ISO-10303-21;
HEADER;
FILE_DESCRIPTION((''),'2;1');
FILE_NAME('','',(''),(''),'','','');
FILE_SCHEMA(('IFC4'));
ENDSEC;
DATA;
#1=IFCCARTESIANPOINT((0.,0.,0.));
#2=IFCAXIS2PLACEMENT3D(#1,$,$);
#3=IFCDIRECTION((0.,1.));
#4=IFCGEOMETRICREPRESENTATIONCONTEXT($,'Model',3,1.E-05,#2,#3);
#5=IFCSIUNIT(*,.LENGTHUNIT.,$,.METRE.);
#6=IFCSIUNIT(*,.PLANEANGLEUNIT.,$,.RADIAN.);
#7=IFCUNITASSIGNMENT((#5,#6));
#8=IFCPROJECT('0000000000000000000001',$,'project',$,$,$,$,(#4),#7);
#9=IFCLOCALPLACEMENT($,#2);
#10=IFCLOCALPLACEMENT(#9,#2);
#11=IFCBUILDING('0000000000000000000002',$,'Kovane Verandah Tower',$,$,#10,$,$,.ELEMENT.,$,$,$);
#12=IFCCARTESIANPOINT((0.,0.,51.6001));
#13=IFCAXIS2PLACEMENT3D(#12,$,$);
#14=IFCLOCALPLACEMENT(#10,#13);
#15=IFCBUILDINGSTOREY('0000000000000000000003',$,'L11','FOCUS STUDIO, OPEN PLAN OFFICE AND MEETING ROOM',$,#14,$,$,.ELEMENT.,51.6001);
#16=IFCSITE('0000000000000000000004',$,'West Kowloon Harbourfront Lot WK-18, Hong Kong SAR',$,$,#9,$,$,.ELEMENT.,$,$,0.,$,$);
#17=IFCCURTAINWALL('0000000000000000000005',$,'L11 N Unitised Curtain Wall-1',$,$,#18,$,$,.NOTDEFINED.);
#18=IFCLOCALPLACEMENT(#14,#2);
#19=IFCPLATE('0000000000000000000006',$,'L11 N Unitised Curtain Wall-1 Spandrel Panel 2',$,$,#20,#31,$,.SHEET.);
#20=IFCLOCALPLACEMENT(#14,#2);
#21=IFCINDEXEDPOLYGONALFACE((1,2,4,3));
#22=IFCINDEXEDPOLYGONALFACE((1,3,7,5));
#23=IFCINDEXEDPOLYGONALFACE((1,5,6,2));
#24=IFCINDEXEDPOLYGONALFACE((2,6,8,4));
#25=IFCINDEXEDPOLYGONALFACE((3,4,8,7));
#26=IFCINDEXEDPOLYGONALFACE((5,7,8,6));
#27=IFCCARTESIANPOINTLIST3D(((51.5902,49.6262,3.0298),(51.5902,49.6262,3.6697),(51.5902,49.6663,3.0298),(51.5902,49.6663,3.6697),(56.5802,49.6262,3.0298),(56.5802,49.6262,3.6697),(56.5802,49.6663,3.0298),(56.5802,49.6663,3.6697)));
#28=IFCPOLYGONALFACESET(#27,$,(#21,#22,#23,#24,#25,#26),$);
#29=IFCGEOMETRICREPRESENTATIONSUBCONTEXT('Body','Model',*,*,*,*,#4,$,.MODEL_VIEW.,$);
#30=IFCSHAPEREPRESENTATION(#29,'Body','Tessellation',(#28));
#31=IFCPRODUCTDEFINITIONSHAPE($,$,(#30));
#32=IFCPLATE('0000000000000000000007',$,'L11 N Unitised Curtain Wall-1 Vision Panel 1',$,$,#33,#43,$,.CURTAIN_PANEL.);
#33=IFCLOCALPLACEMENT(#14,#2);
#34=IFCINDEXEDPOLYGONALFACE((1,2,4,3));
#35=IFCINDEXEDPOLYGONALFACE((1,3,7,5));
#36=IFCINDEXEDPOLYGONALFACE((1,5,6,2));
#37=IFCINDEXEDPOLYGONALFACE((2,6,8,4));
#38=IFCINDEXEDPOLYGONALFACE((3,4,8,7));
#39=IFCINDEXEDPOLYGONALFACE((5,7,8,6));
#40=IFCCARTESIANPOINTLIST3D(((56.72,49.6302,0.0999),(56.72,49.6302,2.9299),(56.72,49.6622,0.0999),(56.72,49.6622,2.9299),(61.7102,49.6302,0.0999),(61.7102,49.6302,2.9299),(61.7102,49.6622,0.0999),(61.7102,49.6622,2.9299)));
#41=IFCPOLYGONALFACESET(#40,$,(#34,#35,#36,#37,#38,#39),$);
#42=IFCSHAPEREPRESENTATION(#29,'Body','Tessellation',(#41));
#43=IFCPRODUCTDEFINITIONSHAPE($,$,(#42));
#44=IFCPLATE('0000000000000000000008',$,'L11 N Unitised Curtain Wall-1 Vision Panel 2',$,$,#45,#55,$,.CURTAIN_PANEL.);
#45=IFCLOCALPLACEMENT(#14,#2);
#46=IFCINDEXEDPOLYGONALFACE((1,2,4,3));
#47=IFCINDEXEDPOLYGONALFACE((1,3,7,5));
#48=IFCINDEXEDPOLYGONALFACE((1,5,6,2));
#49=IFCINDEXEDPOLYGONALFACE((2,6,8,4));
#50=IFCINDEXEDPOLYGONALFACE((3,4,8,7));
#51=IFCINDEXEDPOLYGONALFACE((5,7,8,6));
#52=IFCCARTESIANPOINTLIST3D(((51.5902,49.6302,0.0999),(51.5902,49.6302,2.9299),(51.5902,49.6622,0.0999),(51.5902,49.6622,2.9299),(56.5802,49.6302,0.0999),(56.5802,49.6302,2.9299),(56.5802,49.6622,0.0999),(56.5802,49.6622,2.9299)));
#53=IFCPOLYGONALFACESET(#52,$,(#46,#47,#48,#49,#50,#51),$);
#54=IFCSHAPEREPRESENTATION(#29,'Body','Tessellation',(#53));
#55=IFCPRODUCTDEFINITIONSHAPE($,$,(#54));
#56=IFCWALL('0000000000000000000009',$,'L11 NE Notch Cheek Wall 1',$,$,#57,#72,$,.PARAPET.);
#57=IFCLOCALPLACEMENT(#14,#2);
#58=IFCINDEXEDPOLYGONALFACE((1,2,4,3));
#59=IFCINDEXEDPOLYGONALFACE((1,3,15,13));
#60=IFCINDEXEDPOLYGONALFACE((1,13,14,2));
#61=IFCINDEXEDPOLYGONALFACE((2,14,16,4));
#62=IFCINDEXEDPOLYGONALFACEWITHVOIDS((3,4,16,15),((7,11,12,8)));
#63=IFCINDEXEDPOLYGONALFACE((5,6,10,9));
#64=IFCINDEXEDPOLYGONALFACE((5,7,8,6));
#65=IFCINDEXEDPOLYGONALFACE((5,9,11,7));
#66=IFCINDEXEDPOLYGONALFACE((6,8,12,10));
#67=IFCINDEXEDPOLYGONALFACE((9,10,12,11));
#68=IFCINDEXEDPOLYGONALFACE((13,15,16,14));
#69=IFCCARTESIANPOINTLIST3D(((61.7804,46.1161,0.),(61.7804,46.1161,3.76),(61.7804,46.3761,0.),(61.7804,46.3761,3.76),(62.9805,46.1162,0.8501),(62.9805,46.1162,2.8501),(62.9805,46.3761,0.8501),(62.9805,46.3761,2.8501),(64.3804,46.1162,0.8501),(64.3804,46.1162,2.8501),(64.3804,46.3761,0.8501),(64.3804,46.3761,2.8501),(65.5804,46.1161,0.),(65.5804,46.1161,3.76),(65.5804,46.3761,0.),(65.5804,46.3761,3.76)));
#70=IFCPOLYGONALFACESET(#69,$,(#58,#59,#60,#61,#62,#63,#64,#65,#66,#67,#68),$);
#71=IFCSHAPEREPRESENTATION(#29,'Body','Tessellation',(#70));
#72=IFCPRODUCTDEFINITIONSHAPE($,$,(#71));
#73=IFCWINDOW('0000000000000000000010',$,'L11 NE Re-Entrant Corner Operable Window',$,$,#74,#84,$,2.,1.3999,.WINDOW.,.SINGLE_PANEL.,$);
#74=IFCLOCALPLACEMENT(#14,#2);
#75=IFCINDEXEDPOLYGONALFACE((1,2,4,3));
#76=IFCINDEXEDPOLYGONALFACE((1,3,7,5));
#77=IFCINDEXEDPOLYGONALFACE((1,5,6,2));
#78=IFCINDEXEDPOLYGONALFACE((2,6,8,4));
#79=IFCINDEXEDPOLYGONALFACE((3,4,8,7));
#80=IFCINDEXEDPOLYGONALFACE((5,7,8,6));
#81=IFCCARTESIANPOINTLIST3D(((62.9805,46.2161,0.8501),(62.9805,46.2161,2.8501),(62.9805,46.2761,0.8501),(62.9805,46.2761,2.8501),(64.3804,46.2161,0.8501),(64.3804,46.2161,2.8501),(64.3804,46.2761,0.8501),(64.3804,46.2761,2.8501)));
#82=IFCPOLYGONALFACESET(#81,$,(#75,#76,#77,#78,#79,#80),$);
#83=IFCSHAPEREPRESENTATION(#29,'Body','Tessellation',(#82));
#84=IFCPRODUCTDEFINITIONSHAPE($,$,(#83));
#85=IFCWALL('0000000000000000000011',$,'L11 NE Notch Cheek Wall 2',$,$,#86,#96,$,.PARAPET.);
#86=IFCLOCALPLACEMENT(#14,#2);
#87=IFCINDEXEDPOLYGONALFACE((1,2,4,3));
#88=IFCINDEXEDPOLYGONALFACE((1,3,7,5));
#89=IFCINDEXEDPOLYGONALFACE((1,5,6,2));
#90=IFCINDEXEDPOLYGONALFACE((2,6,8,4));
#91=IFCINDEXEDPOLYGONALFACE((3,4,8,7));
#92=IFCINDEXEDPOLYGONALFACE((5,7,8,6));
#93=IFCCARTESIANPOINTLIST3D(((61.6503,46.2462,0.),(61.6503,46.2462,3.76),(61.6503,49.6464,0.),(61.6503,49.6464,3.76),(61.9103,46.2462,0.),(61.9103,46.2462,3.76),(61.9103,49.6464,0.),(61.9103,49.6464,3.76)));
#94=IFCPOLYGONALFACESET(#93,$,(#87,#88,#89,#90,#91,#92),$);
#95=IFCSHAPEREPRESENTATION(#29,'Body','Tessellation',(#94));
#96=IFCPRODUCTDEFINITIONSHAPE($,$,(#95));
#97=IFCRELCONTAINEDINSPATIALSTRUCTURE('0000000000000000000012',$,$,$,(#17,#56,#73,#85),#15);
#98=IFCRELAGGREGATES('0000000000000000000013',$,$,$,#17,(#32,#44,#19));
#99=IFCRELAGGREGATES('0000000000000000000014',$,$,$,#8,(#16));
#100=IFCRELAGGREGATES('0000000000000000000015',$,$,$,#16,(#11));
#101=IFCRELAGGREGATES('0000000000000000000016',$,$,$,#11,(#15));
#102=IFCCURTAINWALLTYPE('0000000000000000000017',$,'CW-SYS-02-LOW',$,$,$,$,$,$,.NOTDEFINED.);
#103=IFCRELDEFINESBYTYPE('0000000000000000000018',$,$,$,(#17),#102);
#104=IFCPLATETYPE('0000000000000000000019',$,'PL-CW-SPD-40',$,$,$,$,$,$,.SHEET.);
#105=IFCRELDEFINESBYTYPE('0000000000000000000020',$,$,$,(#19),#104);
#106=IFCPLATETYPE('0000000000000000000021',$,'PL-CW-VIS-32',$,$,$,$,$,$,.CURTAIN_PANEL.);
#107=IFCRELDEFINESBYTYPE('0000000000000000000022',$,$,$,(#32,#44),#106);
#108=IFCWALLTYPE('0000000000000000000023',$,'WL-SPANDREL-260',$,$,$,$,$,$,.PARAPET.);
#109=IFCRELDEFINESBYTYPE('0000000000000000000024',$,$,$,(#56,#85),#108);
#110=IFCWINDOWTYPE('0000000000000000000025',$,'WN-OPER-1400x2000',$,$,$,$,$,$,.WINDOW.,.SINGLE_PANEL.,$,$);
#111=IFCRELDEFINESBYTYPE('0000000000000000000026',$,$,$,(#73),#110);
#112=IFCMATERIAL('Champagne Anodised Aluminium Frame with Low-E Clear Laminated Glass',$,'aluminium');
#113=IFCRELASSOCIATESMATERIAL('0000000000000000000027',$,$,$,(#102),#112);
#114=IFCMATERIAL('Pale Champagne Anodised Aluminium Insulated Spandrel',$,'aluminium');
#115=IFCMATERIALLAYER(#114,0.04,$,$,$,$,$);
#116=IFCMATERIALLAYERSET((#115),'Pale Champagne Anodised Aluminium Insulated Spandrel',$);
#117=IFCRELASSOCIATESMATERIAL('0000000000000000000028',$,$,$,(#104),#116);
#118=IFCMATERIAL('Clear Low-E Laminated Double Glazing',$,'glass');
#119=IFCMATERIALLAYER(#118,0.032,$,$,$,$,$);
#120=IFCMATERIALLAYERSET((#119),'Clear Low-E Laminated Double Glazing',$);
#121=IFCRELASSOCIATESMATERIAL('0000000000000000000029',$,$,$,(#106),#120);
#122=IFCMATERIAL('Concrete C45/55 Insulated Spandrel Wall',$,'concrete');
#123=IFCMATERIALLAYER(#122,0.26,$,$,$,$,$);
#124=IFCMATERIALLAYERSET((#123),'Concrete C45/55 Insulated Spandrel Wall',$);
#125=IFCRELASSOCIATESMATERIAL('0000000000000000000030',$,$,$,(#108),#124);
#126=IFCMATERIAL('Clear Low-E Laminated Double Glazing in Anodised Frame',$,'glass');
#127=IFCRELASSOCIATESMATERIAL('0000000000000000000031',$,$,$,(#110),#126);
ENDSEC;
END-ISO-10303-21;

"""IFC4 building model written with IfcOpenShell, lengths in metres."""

from ifc_helpers import new_model, si_unit, direction, frame, frame_2d, origin, origin_2d, place, context, subcontext, project, spatial, rectangle, extrude, material, layer, layer_set, type_object, element, fill, aggregate, save


model = new_model("IFC4")

# Units and contexts
model_context = context("Model", 3, precision=1e-05, world=origin(), true_north=direction((0.0, 1.0)))
body_context = subcontext(model_context, "Body", "Model", "MODEL_VIEW")
ifc_project = project(units=[si_unit("LENGTHUNIT", "METRE"), si_unit("PLANEANGLEUNIT", "RADIAN")], contexts=[model_context])

# Site, building, storey
site_placement = place(None, origin())
site = spatial("IfcSite", under=ifc_project, at=site_placement, Name="West Kowloon Harbourfront Lot WK-18, Hong Kong SAR", CompositionType="ELEMENT", RefElevation=0.0)
building_placement = place(site_placement, origin())
building = spatial("IfcBuilding", under=site, at=building_placement, Name="Kovane Verandah Tower", CompositionType="ELEMENT")
storey_placement = place(building_placement, frame((0.0, 0.0, 51.6001)))
storey = spatial("IfcBuildingStorey", under=building, at=storey_placement, Name="L11", Description="FOCUS STUDIO, OPEN PLAN OFFICE AND MEETING ROOM", CompositionType="ELEMENT", Elevation=51.6001)

# Shared definitions
ifc_material_1 = material(Name="Champagne Anodised Aluminium Frame with Low-E Clear Laminated Glass", Category="aluminium")
curtain_wall_type = type_object("IfcCurtainWallType", Name="CW-SYS-02-LOW", PredefinedType="NOTDEFINED", material=ifc_material_1)

# Curtain wall
curtain_wall_1_placement = place(storey_placement, origin())
curtain_wall_1 = element("IfcCurtainWall", 1, at=curtain_wall_1_placement, inside=storey, type_object=curtain_wall_type, Name="L11 N Unitised Curtain Wall-1", PredefinedType="NOTDEFINED")

# Plates
ifc_material_2 = material(Name="Pale Champagne Anodised Aluminium Insulated Spandrel", Category="aluminium")
ifc_layer_1 = layer(ifc_material_2, 0.04)
ifc_layer_set_1 = layer_set([ifc_layer_1], Name="Pale Champagne Anodised Aluminium Insulated Spandrel")
plate_type_1 = type_object("IfcPlateType", Name="PL-CW-SPD-40", PredefinedType="SHEET", material=ifc_layer_set_1)
plate_1_placement = place(storey_placement, frame((54.0852, 49.6462, 3.0298), z_axis=(0.0, 0.0, 1.0), x_axis=(-1.0, 0.0, 0.0)))
plate_1 = element("IfcPlate", 2, at=plate_1_placement, type_object=plate_type_1, Name="L11 N Unitised Curtain Wall-1 Spandrel Panel 2", PredefinedType="SHEET", context=body_context, shape_type="SweptSolid", body=[
    extrude(rectangle(XDim=4.99, YDim=0.04, at=origin_2d()), origin(), (0.0, 0.0, 1.0), 0.6399),
])
ifc_material_3 = material(Name="Clear Low-E Laminated Double Glazing", Category="glass")
ifc_layer_2 = layer(ifc_material_3, 0.032)
ifc_layer_set_2 = layer_set([ifc_layer_2], Name="Clear Low-E Laminated Double Glazing")
plate_type_2 = type_object("IfcPlateType", Name="PL-CW-VIS-32", PredefinedType="CURTAIN_PANEL", material=ifc_layer_set_2)
plate_2_placement = place(storey_placement, frame((59.2151, 49.6462, 0.0999), z_axis=(0.0, 0.0, 1.0), x_axis=(-1.0, 0.0, 0.0)))
plate_2 = element("IfcPlate", 3, at=plate_2_placement, type_object=plate_type_2, Name="L11 N Unitised Curtain Wall-1 Vision Panel 1", PredefinedType="CURTAIN_PANEL", context=body_context, shape_type="SweptSolid", body=[
    extrude(rectangle(XDim=4.9902, YDim=0.032, at=origin_2d()), origin(), (0.0, 0.0, 1.0), 2.8301),
])
plate_3_placement = place(storey_placement, frame((54.0852, 49.6462, 0.0999), z_axis=(0.0, 0.0, 1.0), x_axis=(-1.0, 0.0, 0.0)))
plate_3 = element("IfcPlate", 4, at=plate_3_placement, type_object=plate_type_2, Name="L11 N Unitised Curtain Wall-1 Vision Panel 2", PredefinedType="CURTAIN_PANEL", context=body_context, shape_type="SweptSolid", body=[
    extrude(rectangle(XDim=4.99, YDim=0.032, at=origin_2d()), origin(), (0.0, 0.0, 1.0), 2.8301),
])
aggregate(curtain_wall_1, [plate_2, plate_3, plate_1])

# Wall, opening, window
ifc_material_4 = material(Name="Concrete C45/55 Insulated Spandrel Wall", Category="concrete")
ifc_layer_3 = layer(ifc_material_4, 0.26)
ifc_layer_set_3 = layer_set([ifc_layer_3], Name="Concrete C45/55 Insulated Spandrel Wall")
wall_type = type_object("IfcWallType", Name="WL-SPANDREL-260", PredefinedType="PARAPET", material=ifc_layer_set_3)
wall_1_placement = place(storey_placement, frame((65.5803, 46.2461, 0.0), z_axis=(0.0, 0.0, 1.0), x_axis=(-1.0, 0.0, 0.0)))
wall_1 = element("IfcWall", 5, at=wall_1_placement, inside=storey, type_object=wall_type, Name="L11 NE Notch Cheek Wall 1", PredefinedType="PARAPET", context=body_context, shape_type="SweptSolid", body=[
    extrude(rectangle(XDim=3.8, YDim=0.26, at=frame_2d((1.8999, 0.0))), origin(), (0.0, 0.0, 1.0), 3.76),
])
opening_placement = place(wall_1_placement, frame((1.2, 0.0, 0.8501)))
opening = element("IfcOpeningElement", 6, at=opening_placement, cuts=wall_1, PredefinedType="OPENING", context=body_context, shape_type="SweptSolid", body=[
    extrude(rectangle(XDim=1.3999, YDim=2.0, at=frame_2d((0.7, 1.0))), frame((0.0, 0.1299, 0.0), z_axis=(0.0, -1.0, 0.0), x_axis=(1.0, 0.0, 0.0)), (0.0, 0.0, 1.0), 0.26),
])
ifc_material_5 = material(Name="Clear Low-E Laminated Double Glazing in Anodised Frame", Category="glass")
window_type = type_object("IfcWindowType", Name="WN-OPER-1400x2000", PartitioningType="SINGLE_PANEL", PredefinedType="WINDOW", material=ifc_material_5)
window_placement = place(opening_placement, origin())
window = element("IfcWindow", 7, at=window_placement, inside=storey, type_object=window_type, Name="L11 NE Re-Entrant Corner Operable Window", OverallHeight=2.0, OverallWidth=1.3999, PartitioningType="SINGLE_PANEL", PredefinedType="WINDOW", context=body_context, shape_type="SweptSolid", body=[
    extrude(rectangle(XDim=1.3999, YDim=2.0, at=frame_2d((0.7, 1.0))), frame((0.0, 0.03, 0.0), z_axis=(0.0, -1.0, 0.0), x_axis=(1.0, 0.0, 0.0)), (0.0, 0.0, 1.0), 0.0601),
])
fill(opening, window)

# Wall
wall_2_placement = place(storey_placement, frame((61.7803, 46.2461, 0.0), z_axis=(0.0, 0.0, 1.0), x_axis=(0.0, 1.0, 0.0)))
element("IfcWall", 8, at=wall_2_placement, inside=storey, type_object=wall_type, Name="L11 NE Notch Cheek Wall 2", PredefinedType="PARAPET", context=body_context, shape_type="SweptSolid", body=[
    extrude(rectangle(XDim=3.4001, YDim=0.26, at=frame_2d((1.7002, 0.0))), origin(), (0.0, 0.0, 1.0), 3.76),
])

save(model, "model.ifc")
